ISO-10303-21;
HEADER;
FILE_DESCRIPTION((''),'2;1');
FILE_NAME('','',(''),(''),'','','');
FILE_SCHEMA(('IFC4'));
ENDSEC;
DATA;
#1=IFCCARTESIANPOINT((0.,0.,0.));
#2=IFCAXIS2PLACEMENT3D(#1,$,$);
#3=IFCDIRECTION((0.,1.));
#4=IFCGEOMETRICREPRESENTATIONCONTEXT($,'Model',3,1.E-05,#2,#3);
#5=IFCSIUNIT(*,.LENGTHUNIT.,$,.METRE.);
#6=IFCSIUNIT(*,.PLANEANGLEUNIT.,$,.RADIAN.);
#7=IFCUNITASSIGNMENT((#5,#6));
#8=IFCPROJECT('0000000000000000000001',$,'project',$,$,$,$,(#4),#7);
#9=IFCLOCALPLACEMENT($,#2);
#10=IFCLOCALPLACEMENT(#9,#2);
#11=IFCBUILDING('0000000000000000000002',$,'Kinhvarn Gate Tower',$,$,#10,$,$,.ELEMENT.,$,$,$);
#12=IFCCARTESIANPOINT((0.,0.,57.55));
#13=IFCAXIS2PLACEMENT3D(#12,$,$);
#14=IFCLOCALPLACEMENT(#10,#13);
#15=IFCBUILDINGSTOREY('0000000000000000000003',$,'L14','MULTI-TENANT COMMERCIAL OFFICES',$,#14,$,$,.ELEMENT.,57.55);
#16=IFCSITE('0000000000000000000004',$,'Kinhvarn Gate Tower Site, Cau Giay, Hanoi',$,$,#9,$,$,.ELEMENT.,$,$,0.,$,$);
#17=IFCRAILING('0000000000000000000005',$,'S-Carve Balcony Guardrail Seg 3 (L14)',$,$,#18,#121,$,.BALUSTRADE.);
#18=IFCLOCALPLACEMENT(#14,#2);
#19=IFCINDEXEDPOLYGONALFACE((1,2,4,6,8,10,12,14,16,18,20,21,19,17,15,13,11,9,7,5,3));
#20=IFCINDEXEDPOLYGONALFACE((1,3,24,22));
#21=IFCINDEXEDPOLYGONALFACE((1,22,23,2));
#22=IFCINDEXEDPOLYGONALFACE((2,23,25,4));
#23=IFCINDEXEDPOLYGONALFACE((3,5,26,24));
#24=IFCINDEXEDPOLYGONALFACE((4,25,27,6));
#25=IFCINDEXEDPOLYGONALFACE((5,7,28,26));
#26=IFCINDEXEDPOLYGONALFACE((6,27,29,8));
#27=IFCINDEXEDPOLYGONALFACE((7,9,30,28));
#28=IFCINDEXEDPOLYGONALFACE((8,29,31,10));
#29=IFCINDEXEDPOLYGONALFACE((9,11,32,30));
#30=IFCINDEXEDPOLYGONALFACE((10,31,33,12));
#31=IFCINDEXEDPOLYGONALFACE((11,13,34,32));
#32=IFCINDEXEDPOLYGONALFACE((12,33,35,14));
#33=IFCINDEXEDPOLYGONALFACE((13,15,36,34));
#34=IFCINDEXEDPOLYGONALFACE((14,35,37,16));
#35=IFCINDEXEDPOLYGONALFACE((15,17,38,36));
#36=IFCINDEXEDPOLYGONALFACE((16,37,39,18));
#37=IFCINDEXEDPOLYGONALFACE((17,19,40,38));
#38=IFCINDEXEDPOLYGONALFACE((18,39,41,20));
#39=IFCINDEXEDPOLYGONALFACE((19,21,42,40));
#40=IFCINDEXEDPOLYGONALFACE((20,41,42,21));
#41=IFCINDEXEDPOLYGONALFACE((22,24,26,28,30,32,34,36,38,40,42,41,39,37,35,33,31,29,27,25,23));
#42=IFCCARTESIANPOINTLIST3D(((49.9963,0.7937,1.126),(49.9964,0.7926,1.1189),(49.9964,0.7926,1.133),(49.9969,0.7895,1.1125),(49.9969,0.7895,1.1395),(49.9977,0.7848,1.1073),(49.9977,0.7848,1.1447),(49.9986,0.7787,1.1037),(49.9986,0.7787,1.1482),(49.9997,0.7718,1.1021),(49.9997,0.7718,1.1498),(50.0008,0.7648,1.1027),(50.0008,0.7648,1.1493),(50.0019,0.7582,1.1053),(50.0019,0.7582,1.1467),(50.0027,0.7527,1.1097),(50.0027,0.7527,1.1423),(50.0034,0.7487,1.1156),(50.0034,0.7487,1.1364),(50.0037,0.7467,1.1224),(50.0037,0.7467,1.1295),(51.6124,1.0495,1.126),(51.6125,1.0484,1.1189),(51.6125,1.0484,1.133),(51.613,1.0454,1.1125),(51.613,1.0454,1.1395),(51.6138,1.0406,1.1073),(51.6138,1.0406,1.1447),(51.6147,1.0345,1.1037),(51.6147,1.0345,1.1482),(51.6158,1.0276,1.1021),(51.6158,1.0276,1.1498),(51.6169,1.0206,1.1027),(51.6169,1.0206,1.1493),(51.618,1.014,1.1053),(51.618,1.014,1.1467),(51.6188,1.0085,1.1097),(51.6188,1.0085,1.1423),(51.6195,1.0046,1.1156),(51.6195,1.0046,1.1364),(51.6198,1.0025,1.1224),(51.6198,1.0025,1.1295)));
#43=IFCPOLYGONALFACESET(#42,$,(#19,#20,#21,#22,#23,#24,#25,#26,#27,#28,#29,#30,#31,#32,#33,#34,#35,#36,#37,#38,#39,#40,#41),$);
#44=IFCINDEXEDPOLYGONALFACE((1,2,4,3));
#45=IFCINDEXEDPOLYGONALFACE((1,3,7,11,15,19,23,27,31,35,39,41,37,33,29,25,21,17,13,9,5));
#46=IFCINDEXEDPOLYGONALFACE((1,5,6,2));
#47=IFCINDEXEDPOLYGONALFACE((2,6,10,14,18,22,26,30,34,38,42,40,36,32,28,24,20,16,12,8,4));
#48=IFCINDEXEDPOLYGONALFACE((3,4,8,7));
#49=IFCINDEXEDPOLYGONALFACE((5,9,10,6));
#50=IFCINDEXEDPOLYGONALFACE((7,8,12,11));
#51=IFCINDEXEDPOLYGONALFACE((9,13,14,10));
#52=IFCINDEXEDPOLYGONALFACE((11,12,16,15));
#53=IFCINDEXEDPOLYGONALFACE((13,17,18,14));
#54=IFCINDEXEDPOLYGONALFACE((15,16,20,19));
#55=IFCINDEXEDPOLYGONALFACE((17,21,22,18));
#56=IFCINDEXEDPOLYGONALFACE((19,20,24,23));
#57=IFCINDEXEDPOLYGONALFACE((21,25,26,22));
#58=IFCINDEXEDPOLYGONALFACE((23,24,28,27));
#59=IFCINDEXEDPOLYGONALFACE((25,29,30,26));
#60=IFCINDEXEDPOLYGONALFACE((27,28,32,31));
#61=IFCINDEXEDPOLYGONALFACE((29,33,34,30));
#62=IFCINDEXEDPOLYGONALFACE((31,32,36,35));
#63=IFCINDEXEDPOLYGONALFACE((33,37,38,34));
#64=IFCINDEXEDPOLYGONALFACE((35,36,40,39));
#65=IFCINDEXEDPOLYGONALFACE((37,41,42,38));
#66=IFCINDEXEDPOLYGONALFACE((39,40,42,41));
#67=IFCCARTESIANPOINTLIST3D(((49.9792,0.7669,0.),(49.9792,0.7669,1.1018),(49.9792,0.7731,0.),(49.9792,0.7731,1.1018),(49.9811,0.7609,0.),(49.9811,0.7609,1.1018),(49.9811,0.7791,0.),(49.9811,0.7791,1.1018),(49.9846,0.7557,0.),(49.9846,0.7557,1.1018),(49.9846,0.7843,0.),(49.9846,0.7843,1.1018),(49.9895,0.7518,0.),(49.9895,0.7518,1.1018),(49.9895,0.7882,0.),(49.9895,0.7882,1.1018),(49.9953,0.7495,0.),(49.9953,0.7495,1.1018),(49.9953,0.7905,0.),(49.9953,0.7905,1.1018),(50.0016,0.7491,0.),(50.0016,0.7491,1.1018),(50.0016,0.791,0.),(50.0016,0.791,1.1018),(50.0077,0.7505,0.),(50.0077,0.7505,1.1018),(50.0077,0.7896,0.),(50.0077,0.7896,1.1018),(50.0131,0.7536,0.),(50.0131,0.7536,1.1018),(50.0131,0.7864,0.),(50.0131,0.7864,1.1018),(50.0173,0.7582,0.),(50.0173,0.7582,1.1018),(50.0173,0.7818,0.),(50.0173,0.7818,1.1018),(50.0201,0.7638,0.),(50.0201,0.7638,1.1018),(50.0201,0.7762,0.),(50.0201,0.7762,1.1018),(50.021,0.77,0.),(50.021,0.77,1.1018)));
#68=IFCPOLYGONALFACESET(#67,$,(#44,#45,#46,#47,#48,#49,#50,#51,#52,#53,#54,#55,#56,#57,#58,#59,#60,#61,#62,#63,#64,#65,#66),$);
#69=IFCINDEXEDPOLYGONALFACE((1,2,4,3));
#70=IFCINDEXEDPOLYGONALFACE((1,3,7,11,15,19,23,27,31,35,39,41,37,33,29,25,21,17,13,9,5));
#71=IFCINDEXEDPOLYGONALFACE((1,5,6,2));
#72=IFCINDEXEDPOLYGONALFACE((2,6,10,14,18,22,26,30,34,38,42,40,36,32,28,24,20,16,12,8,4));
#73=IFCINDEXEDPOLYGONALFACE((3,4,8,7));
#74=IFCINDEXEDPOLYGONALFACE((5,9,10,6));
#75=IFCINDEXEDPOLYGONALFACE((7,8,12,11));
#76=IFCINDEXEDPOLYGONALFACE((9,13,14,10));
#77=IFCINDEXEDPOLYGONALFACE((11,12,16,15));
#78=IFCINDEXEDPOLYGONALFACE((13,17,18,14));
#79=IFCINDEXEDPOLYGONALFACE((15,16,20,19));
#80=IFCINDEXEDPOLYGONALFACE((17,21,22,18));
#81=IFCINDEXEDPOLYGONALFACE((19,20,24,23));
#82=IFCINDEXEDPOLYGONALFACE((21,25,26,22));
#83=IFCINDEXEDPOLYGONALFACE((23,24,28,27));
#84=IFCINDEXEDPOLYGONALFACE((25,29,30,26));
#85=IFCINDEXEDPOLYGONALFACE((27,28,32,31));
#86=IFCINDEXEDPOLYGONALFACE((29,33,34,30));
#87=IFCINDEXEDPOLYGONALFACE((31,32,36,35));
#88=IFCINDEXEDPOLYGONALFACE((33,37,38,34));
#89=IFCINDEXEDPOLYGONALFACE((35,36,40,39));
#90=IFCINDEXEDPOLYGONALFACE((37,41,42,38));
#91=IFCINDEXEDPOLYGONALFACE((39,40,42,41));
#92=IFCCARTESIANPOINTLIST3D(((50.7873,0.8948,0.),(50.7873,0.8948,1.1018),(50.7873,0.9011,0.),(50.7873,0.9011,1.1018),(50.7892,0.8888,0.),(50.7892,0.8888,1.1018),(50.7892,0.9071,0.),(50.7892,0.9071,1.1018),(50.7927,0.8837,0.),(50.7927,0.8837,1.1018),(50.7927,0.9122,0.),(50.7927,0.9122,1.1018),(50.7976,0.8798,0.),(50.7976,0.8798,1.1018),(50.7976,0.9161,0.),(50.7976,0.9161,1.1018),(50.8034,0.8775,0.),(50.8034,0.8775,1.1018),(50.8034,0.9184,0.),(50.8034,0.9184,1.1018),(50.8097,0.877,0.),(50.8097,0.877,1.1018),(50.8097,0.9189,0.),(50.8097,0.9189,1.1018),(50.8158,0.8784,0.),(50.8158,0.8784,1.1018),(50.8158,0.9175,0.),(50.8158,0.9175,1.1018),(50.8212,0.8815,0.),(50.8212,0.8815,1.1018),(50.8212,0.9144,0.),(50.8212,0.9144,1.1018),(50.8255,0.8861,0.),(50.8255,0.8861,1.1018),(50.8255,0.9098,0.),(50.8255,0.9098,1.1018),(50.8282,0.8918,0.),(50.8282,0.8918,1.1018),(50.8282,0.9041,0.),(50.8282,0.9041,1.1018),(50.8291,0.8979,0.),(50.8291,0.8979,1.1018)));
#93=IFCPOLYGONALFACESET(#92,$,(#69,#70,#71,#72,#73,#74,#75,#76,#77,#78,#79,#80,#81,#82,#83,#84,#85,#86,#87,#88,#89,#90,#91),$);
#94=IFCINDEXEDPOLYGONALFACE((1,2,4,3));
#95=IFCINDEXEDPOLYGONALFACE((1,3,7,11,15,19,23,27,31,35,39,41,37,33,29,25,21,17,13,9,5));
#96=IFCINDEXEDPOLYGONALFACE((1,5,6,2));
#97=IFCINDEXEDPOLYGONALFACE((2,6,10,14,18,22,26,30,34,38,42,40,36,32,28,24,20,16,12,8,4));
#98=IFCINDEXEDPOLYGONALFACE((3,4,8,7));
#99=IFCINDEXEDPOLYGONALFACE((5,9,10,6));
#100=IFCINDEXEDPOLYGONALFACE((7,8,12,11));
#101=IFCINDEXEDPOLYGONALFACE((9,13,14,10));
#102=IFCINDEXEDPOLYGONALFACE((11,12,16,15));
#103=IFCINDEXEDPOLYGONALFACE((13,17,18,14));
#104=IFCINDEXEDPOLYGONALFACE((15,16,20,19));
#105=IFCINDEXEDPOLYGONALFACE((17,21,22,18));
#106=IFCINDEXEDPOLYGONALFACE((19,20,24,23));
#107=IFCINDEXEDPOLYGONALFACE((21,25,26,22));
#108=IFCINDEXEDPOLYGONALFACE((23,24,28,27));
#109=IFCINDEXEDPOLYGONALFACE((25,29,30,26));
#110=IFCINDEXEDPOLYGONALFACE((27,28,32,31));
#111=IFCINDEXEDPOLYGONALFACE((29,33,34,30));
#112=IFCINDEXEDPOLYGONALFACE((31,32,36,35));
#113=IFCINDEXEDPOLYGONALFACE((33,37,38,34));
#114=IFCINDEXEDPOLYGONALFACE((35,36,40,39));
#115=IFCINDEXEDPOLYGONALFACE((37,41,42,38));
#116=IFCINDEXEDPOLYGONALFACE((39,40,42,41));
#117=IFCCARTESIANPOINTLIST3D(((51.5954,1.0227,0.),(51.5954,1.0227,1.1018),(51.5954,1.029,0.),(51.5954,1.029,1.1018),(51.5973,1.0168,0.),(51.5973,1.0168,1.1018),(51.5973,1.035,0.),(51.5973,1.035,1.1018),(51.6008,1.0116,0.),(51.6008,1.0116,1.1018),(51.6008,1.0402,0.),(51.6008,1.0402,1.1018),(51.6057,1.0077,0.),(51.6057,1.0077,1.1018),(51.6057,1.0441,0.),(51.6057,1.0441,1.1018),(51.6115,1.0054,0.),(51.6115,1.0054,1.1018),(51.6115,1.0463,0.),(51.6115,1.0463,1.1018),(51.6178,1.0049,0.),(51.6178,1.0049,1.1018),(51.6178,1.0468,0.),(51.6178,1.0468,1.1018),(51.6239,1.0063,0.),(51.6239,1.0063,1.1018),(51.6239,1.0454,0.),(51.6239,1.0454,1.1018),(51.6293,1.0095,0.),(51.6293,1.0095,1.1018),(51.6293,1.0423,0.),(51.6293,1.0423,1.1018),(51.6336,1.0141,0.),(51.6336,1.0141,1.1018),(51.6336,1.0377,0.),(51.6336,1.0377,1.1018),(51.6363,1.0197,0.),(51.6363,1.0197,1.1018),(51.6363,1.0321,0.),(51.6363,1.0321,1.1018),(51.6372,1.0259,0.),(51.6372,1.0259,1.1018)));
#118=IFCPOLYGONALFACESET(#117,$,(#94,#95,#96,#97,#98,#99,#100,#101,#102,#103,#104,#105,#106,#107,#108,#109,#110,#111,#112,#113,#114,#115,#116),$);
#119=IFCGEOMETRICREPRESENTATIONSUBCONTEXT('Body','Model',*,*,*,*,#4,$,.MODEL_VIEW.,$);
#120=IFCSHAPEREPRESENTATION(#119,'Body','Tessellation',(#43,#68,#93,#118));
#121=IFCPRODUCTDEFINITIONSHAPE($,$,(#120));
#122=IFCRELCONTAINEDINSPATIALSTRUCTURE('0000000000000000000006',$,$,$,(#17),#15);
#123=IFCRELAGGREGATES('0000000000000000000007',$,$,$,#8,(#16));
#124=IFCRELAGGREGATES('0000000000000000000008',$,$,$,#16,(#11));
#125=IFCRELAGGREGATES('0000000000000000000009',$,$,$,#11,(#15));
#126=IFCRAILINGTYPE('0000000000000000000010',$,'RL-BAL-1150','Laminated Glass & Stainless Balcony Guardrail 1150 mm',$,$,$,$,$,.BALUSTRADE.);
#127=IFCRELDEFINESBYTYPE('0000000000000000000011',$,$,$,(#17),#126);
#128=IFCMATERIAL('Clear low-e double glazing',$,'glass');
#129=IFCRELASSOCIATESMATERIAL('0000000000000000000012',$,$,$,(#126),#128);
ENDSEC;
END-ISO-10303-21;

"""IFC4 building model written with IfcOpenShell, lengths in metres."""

from ifc_helpers import new_model, si_unit, direction, frame, origin, origin_2d, place, context, subcontext, project, spatial, circle, extrude, material, type_object, element, save


model = new_model("IFC4")

# Units and contexts
model_context = context("Model", 3, precision=1e-05, world=origin(), true_north=direction((0.0, 1.0)))
body_context = subcontext(model_context, "Body", "Model", "MODEL_VIEW")
ifc_project = project(units=[si_unit("LENGTHUNIT", "METRE"), si_unit("PLANEANGLEUNIT", "RADIAN")], contexts=[model_context])

# Site, building, storey
site_placement = place(None, origin())
site = spatial("IfcSite", under=ifc_project, at=site_placement, Name="Kinhvarn Gate Tower Site, Cau Giay, Hanoi", CompositionType="ELEMENT", RefElevation=0.0)
building_placement = place(site_placement, origin())
building = spatial("IfcBuilding", under=site, at=building_placement, Name="Kinhvarn Gate Tower", CompositionType="ELEMENT")
storey_placement = place(building_placement, frame((0.0, 0.0, 57.55)))
storey = spatial("IfcBuildingStorey", under=building, at=storey_placement, Name="L14", Description="MULTI-TENANT COMMERCIAL OFFICES", CompositionType="ELEMENT", Elevation=57.55)

# Shared definitions
ifc_material_1 = material(Name="Clear low-e double glazing", Category="glass")

# Railing
railing_type = type_object("IfcRailingType", Name="RL-BAL-1150", Description="Laminated Glass & Stainless Balcony Guardrail 1150 mm", PredefinedType="BALUSTRADE", material=ifc_material_1)
railing_1_placement = place(storey_placement, frame((50.0, 0.77, 0.0)))
element("IfcRailing", 1, at=railing_1_placement, inside=storey, type_object=railing_type, Name="S-Carve Balcony Guardrail Seg 3 (L14)", PredefinedType="BALUSTRADE", context=body_context, shape_type="SweptSolid", body=[
    extrude(circle(Radius=0.0239, at=origin_2d()), frame((0.0, 0.0, 1.126), z_axis=(0.9877, 0.156361, 0.0), x_axis=(-0.156361, 0.9877, 0.0)), (0.0, 0.0, 1.0), 1.6362),
    extrude(circle(Radius=0.021, at=origin_2d()), origin(), (0.0, 0.0, 1.0), 1.1018),
    extrude(circle(Radius=0.021, at=origin_2d()), frame((0.8081, 0.1279, 0.0)), (0.0, 0.0, 1.0), 1.1018),
    extrude(circle(Radius=0.021, at=origin_2d()), frame((1.6162, 0.2559, 0.0)), (0.0, 0.0, 1.0), 1.1018),
])

save(model, "model.ifc")
